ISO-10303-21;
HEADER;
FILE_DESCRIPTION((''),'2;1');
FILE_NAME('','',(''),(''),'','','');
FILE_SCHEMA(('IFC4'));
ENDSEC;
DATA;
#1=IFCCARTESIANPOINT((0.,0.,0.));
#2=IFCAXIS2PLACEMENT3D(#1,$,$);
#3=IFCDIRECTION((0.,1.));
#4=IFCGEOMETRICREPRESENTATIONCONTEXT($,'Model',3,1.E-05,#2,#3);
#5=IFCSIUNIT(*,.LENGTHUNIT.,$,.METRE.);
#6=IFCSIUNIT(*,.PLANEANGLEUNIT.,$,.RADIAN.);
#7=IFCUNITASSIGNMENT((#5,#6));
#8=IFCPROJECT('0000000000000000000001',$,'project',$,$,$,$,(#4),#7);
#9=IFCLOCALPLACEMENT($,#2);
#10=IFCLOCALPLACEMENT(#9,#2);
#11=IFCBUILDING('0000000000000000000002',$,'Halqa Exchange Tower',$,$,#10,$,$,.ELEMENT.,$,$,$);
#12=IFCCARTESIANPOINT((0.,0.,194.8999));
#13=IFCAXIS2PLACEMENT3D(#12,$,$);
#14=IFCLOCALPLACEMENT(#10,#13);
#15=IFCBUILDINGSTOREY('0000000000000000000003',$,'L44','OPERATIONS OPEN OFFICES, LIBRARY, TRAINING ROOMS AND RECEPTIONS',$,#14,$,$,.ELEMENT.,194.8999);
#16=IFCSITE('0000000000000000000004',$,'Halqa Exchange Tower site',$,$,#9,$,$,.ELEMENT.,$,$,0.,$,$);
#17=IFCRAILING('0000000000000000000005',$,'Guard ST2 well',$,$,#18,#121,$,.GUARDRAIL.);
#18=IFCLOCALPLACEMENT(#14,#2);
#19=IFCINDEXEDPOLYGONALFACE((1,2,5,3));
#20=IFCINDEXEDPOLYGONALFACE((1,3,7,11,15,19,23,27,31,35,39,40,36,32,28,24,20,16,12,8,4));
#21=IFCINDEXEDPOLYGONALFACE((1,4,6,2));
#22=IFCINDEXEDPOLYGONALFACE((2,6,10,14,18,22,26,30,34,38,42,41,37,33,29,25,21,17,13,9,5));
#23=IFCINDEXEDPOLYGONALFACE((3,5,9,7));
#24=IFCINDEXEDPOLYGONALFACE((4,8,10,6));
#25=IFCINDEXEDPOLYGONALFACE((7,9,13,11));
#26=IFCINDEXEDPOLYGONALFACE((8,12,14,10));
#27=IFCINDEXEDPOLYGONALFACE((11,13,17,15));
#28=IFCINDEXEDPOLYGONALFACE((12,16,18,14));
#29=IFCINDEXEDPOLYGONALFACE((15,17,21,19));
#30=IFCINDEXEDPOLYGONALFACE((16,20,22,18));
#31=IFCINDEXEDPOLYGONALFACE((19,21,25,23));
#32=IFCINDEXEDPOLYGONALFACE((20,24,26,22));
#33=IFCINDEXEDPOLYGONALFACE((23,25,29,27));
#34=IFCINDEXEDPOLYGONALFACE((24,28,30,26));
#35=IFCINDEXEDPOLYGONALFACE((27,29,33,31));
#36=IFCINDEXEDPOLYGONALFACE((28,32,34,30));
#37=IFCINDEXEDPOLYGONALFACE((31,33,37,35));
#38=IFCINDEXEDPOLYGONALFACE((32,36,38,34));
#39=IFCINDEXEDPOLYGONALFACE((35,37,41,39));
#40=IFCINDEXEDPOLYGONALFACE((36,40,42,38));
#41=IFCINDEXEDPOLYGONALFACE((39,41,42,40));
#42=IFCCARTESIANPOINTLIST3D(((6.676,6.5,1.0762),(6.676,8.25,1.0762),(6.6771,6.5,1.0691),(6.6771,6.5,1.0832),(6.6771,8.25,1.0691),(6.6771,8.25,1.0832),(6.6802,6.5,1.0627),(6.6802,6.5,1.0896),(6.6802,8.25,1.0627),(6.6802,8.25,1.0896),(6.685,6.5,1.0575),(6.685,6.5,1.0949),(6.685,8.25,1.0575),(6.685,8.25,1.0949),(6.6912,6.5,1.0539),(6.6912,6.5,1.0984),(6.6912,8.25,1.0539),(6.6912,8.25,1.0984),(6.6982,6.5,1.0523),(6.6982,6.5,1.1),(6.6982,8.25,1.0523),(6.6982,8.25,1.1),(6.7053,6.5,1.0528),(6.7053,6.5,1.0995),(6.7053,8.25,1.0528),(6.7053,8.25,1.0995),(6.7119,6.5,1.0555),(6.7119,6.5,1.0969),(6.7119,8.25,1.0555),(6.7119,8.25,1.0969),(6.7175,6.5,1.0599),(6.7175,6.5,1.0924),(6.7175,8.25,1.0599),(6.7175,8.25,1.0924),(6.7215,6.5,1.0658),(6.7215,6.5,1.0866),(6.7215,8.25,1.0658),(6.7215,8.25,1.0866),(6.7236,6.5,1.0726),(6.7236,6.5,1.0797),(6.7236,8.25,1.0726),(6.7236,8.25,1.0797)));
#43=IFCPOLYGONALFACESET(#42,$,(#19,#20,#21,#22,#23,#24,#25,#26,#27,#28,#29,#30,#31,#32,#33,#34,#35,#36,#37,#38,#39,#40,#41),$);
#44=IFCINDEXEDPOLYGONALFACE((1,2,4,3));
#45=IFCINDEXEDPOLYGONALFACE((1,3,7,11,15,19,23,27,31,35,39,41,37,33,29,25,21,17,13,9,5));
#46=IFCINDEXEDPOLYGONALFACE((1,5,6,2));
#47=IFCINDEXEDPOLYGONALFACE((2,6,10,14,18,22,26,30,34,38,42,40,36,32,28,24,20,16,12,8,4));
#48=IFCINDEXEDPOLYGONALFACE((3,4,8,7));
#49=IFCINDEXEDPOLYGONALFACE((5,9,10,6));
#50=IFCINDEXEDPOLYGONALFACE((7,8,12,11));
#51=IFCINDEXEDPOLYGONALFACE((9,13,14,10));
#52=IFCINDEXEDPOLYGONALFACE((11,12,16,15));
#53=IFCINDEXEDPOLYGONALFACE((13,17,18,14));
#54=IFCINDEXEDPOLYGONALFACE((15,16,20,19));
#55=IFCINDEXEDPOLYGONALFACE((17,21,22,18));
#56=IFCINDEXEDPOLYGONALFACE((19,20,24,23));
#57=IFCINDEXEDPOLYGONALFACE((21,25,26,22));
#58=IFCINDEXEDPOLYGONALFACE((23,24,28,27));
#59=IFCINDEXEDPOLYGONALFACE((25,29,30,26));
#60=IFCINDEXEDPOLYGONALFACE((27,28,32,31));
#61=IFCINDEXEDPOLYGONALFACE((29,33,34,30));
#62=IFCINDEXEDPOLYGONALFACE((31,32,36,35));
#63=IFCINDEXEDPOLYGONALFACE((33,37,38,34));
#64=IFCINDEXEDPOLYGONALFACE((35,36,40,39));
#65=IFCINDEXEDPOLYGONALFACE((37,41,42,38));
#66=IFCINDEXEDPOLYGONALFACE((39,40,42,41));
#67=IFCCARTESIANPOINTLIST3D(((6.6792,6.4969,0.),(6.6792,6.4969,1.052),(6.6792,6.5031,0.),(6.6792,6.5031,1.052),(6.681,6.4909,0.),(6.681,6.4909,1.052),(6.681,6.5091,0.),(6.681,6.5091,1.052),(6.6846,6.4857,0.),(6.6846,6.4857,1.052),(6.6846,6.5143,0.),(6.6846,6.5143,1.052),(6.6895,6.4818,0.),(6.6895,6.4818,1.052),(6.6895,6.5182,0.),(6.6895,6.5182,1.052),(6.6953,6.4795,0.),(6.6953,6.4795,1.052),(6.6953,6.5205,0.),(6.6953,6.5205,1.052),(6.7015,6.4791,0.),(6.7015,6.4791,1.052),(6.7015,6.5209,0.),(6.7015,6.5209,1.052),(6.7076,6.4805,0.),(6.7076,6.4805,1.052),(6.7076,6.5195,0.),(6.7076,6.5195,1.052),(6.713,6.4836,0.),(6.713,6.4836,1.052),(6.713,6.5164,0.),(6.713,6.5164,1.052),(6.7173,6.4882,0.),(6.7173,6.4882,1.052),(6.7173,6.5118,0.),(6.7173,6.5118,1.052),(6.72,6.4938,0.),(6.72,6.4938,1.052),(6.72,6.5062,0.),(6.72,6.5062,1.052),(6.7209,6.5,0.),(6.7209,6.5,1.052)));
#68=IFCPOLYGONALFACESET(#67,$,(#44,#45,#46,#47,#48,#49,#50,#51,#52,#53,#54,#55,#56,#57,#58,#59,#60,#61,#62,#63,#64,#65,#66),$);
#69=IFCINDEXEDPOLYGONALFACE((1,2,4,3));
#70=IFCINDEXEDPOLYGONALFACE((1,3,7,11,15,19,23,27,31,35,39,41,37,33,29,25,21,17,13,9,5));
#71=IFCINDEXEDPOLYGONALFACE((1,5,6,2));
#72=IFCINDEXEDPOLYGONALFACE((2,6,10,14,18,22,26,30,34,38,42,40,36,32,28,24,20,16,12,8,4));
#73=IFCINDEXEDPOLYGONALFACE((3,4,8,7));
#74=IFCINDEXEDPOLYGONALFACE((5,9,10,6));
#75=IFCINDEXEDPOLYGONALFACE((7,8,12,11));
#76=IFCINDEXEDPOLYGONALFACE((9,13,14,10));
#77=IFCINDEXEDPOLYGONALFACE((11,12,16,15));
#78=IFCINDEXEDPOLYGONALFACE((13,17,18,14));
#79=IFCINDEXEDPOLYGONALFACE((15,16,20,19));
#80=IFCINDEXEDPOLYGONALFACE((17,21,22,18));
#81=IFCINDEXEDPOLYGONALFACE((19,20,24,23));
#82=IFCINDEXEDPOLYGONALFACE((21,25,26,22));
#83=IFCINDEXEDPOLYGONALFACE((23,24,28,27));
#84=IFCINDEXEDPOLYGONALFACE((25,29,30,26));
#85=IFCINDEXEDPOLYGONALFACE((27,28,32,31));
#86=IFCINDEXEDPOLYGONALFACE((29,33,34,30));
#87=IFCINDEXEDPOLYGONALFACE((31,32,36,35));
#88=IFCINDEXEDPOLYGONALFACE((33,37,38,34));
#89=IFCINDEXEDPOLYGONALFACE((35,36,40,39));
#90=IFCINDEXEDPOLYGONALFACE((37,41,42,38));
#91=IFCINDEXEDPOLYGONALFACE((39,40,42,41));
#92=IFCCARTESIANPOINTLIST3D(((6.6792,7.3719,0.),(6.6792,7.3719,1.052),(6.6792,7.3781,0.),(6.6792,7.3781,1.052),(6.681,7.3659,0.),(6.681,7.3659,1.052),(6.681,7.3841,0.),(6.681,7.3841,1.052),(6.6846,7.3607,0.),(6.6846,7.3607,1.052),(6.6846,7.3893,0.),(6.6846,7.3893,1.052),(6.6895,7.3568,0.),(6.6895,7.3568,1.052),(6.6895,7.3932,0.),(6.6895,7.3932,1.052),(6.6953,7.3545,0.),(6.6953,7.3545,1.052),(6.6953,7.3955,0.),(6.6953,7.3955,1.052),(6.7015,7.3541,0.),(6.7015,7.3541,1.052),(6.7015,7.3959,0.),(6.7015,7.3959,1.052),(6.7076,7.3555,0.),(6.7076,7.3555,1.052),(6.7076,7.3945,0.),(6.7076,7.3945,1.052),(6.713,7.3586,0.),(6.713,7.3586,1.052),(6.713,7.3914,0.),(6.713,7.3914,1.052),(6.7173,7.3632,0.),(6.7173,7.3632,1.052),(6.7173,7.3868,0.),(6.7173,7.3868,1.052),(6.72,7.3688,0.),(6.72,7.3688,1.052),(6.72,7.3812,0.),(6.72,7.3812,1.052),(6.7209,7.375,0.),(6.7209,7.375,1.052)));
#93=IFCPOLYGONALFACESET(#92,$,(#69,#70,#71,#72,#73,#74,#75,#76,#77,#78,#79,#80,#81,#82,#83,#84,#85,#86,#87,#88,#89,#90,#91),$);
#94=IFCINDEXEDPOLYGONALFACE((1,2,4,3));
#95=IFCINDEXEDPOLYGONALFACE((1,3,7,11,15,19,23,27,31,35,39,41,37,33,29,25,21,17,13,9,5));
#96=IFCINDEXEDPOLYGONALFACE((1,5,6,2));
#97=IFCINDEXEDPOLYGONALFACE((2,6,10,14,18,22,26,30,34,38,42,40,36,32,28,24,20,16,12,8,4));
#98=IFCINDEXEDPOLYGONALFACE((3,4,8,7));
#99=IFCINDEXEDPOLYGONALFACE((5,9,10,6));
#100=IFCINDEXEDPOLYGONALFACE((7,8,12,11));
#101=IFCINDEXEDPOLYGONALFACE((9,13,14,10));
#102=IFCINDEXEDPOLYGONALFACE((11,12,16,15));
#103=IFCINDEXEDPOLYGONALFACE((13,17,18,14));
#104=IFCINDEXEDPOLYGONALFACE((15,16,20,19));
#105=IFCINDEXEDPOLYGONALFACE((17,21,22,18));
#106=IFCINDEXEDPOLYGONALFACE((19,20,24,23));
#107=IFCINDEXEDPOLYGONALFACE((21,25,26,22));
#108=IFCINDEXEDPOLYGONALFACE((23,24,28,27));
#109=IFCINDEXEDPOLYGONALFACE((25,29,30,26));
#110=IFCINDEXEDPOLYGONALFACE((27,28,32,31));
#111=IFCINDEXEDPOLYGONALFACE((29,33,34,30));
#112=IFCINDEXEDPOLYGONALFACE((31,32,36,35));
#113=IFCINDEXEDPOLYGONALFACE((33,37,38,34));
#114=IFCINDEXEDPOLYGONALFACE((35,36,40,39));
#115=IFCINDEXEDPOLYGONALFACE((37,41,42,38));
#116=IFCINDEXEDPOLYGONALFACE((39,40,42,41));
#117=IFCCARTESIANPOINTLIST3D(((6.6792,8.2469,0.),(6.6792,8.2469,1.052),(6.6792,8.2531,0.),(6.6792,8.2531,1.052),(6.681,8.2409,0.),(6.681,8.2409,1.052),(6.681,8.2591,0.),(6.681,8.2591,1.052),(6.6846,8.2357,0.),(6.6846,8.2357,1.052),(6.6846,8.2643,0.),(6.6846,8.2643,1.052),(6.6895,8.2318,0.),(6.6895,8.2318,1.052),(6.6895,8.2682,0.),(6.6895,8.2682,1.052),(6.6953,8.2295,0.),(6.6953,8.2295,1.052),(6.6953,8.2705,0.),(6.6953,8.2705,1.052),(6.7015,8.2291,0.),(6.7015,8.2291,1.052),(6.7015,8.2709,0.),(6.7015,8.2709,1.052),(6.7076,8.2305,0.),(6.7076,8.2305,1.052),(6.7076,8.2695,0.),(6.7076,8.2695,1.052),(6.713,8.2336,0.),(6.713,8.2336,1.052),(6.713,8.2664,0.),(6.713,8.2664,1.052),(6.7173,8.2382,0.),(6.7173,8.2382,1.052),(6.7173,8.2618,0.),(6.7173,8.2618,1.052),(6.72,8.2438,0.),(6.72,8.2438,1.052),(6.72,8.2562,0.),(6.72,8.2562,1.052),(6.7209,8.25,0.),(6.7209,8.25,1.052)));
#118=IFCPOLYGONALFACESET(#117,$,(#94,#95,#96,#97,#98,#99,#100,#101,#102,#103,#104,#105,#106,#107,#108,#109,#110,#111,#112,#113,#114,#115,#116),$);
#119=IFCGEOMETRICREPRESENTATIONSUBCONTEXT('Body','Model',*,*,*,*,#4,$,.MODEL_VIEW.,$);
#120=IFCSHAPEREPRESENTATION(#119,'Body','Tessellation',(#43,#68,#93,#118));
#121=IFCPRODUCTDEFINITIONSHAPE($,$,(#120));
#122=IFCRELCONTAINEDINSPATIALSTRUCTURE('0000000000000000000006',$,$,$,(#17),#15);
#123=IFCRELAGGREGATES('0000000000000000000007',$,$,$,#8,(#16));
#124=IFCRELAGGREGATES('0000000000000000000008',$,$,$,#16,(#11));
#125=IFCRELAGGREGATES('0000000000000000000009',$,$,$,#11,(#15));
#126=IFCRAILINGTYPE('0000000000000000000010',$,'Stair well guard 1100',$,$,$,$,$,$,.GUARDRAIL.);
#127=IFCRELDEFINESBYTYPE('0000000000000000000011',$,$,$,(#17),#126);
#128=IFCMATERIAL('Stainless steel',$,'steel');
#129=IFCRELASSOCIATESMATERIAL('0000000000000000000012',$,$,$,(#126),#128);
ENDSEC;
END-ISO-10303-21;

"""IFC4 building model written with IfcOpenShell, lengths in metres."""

from ifc_helpers import new_model, si_unit, direction, frame, origin, origin_2d, place, context, subcontext, project, spatial, circle, extrude, material, type_object, element, save


model = new_model("IFC4")

# Units and contexts
model_context = context("Model", 3, precision=1e-05, world=origin(), true_north=direction((0.0, 1.0)))
body_context = subcontext(model_context, "Body", "Model", "MODEL_VIEW")
ifc_project = project(units=[si_unit("LENGTHUNIT", "METRE"), si_unit("PLANEANGLEUNIT", "RADIAN")], contexts=[model_context])

# Site, building, storey
site_placement = place(None, origin())
site = spatial("IfcSite", under=ifc_project, at=site_placement, Name="Halqa Exchange Tower site", CompositionType="ELEMENT", RefElevation=0.0)
building_placement = place(site_placement, origin())
building = spatial("IfcBuilding", under=site, at=building_placement, Name="Halqa Exchange Tower", CompositionType="ELEMENT")
storey_placement = place(building_placement, frame((0.0, 0.0, 194.8999)))
storey = spatial("IfcBuildingStorey", under=building, at=storey_placement, Name="L44", Description="OPERATIONS OPEN OFFICES, LIBRARY, TRAINING ROOMS AND RECEPTIONS", CompositionType="ELEMENT", Elevation=194.8999)

# Railing
ifc_material_1 = material(Name="Stainless steel", Category="steel")
railing_type_1 = type_object("IfcRailingType", Name="Stair well guard 1100", PredefinedType="GUARDRAIL", material=ifc_material_1)
railing_1_placement = place(storey_placement, frame((6.7, 6.5, 0.0)))
element("IfcRailing", 1, at=railing_1_placement, inside=storey, type_object=railing_type_1, Name="Guard ST2 well", PredefinedType="GUARDRAIL", context=body_context, shape_type="SweptSolid", body=[
    extrude(circle(Radius=0.0239, at=origin_2d()), frame((0.0, 0.0, 1.0762), z_axis=(0.0, 1.0, 0.0), x_axis=(-1.0, 0.0, 0.0)), (0.0, 0.0, 1.0), 1.75),
    extrude(circle(Radius=0.021, at=origin_2d()), origin(), (0.0, 0.0, 1.0), 1.052),
    extrude(circle(Radius=0.021, at=origin_2d()), frame((0.0, 0.875, 0.0)), (0.0, 0.0, 1.0), 1.052),
    extrude(circle(Radius=0.021, at=origin_2d()), frame((0.0, 1.75, 0.0)), (0.0, 0.0, 1.0), 1.052),
])

save(model, "model.ifc")
